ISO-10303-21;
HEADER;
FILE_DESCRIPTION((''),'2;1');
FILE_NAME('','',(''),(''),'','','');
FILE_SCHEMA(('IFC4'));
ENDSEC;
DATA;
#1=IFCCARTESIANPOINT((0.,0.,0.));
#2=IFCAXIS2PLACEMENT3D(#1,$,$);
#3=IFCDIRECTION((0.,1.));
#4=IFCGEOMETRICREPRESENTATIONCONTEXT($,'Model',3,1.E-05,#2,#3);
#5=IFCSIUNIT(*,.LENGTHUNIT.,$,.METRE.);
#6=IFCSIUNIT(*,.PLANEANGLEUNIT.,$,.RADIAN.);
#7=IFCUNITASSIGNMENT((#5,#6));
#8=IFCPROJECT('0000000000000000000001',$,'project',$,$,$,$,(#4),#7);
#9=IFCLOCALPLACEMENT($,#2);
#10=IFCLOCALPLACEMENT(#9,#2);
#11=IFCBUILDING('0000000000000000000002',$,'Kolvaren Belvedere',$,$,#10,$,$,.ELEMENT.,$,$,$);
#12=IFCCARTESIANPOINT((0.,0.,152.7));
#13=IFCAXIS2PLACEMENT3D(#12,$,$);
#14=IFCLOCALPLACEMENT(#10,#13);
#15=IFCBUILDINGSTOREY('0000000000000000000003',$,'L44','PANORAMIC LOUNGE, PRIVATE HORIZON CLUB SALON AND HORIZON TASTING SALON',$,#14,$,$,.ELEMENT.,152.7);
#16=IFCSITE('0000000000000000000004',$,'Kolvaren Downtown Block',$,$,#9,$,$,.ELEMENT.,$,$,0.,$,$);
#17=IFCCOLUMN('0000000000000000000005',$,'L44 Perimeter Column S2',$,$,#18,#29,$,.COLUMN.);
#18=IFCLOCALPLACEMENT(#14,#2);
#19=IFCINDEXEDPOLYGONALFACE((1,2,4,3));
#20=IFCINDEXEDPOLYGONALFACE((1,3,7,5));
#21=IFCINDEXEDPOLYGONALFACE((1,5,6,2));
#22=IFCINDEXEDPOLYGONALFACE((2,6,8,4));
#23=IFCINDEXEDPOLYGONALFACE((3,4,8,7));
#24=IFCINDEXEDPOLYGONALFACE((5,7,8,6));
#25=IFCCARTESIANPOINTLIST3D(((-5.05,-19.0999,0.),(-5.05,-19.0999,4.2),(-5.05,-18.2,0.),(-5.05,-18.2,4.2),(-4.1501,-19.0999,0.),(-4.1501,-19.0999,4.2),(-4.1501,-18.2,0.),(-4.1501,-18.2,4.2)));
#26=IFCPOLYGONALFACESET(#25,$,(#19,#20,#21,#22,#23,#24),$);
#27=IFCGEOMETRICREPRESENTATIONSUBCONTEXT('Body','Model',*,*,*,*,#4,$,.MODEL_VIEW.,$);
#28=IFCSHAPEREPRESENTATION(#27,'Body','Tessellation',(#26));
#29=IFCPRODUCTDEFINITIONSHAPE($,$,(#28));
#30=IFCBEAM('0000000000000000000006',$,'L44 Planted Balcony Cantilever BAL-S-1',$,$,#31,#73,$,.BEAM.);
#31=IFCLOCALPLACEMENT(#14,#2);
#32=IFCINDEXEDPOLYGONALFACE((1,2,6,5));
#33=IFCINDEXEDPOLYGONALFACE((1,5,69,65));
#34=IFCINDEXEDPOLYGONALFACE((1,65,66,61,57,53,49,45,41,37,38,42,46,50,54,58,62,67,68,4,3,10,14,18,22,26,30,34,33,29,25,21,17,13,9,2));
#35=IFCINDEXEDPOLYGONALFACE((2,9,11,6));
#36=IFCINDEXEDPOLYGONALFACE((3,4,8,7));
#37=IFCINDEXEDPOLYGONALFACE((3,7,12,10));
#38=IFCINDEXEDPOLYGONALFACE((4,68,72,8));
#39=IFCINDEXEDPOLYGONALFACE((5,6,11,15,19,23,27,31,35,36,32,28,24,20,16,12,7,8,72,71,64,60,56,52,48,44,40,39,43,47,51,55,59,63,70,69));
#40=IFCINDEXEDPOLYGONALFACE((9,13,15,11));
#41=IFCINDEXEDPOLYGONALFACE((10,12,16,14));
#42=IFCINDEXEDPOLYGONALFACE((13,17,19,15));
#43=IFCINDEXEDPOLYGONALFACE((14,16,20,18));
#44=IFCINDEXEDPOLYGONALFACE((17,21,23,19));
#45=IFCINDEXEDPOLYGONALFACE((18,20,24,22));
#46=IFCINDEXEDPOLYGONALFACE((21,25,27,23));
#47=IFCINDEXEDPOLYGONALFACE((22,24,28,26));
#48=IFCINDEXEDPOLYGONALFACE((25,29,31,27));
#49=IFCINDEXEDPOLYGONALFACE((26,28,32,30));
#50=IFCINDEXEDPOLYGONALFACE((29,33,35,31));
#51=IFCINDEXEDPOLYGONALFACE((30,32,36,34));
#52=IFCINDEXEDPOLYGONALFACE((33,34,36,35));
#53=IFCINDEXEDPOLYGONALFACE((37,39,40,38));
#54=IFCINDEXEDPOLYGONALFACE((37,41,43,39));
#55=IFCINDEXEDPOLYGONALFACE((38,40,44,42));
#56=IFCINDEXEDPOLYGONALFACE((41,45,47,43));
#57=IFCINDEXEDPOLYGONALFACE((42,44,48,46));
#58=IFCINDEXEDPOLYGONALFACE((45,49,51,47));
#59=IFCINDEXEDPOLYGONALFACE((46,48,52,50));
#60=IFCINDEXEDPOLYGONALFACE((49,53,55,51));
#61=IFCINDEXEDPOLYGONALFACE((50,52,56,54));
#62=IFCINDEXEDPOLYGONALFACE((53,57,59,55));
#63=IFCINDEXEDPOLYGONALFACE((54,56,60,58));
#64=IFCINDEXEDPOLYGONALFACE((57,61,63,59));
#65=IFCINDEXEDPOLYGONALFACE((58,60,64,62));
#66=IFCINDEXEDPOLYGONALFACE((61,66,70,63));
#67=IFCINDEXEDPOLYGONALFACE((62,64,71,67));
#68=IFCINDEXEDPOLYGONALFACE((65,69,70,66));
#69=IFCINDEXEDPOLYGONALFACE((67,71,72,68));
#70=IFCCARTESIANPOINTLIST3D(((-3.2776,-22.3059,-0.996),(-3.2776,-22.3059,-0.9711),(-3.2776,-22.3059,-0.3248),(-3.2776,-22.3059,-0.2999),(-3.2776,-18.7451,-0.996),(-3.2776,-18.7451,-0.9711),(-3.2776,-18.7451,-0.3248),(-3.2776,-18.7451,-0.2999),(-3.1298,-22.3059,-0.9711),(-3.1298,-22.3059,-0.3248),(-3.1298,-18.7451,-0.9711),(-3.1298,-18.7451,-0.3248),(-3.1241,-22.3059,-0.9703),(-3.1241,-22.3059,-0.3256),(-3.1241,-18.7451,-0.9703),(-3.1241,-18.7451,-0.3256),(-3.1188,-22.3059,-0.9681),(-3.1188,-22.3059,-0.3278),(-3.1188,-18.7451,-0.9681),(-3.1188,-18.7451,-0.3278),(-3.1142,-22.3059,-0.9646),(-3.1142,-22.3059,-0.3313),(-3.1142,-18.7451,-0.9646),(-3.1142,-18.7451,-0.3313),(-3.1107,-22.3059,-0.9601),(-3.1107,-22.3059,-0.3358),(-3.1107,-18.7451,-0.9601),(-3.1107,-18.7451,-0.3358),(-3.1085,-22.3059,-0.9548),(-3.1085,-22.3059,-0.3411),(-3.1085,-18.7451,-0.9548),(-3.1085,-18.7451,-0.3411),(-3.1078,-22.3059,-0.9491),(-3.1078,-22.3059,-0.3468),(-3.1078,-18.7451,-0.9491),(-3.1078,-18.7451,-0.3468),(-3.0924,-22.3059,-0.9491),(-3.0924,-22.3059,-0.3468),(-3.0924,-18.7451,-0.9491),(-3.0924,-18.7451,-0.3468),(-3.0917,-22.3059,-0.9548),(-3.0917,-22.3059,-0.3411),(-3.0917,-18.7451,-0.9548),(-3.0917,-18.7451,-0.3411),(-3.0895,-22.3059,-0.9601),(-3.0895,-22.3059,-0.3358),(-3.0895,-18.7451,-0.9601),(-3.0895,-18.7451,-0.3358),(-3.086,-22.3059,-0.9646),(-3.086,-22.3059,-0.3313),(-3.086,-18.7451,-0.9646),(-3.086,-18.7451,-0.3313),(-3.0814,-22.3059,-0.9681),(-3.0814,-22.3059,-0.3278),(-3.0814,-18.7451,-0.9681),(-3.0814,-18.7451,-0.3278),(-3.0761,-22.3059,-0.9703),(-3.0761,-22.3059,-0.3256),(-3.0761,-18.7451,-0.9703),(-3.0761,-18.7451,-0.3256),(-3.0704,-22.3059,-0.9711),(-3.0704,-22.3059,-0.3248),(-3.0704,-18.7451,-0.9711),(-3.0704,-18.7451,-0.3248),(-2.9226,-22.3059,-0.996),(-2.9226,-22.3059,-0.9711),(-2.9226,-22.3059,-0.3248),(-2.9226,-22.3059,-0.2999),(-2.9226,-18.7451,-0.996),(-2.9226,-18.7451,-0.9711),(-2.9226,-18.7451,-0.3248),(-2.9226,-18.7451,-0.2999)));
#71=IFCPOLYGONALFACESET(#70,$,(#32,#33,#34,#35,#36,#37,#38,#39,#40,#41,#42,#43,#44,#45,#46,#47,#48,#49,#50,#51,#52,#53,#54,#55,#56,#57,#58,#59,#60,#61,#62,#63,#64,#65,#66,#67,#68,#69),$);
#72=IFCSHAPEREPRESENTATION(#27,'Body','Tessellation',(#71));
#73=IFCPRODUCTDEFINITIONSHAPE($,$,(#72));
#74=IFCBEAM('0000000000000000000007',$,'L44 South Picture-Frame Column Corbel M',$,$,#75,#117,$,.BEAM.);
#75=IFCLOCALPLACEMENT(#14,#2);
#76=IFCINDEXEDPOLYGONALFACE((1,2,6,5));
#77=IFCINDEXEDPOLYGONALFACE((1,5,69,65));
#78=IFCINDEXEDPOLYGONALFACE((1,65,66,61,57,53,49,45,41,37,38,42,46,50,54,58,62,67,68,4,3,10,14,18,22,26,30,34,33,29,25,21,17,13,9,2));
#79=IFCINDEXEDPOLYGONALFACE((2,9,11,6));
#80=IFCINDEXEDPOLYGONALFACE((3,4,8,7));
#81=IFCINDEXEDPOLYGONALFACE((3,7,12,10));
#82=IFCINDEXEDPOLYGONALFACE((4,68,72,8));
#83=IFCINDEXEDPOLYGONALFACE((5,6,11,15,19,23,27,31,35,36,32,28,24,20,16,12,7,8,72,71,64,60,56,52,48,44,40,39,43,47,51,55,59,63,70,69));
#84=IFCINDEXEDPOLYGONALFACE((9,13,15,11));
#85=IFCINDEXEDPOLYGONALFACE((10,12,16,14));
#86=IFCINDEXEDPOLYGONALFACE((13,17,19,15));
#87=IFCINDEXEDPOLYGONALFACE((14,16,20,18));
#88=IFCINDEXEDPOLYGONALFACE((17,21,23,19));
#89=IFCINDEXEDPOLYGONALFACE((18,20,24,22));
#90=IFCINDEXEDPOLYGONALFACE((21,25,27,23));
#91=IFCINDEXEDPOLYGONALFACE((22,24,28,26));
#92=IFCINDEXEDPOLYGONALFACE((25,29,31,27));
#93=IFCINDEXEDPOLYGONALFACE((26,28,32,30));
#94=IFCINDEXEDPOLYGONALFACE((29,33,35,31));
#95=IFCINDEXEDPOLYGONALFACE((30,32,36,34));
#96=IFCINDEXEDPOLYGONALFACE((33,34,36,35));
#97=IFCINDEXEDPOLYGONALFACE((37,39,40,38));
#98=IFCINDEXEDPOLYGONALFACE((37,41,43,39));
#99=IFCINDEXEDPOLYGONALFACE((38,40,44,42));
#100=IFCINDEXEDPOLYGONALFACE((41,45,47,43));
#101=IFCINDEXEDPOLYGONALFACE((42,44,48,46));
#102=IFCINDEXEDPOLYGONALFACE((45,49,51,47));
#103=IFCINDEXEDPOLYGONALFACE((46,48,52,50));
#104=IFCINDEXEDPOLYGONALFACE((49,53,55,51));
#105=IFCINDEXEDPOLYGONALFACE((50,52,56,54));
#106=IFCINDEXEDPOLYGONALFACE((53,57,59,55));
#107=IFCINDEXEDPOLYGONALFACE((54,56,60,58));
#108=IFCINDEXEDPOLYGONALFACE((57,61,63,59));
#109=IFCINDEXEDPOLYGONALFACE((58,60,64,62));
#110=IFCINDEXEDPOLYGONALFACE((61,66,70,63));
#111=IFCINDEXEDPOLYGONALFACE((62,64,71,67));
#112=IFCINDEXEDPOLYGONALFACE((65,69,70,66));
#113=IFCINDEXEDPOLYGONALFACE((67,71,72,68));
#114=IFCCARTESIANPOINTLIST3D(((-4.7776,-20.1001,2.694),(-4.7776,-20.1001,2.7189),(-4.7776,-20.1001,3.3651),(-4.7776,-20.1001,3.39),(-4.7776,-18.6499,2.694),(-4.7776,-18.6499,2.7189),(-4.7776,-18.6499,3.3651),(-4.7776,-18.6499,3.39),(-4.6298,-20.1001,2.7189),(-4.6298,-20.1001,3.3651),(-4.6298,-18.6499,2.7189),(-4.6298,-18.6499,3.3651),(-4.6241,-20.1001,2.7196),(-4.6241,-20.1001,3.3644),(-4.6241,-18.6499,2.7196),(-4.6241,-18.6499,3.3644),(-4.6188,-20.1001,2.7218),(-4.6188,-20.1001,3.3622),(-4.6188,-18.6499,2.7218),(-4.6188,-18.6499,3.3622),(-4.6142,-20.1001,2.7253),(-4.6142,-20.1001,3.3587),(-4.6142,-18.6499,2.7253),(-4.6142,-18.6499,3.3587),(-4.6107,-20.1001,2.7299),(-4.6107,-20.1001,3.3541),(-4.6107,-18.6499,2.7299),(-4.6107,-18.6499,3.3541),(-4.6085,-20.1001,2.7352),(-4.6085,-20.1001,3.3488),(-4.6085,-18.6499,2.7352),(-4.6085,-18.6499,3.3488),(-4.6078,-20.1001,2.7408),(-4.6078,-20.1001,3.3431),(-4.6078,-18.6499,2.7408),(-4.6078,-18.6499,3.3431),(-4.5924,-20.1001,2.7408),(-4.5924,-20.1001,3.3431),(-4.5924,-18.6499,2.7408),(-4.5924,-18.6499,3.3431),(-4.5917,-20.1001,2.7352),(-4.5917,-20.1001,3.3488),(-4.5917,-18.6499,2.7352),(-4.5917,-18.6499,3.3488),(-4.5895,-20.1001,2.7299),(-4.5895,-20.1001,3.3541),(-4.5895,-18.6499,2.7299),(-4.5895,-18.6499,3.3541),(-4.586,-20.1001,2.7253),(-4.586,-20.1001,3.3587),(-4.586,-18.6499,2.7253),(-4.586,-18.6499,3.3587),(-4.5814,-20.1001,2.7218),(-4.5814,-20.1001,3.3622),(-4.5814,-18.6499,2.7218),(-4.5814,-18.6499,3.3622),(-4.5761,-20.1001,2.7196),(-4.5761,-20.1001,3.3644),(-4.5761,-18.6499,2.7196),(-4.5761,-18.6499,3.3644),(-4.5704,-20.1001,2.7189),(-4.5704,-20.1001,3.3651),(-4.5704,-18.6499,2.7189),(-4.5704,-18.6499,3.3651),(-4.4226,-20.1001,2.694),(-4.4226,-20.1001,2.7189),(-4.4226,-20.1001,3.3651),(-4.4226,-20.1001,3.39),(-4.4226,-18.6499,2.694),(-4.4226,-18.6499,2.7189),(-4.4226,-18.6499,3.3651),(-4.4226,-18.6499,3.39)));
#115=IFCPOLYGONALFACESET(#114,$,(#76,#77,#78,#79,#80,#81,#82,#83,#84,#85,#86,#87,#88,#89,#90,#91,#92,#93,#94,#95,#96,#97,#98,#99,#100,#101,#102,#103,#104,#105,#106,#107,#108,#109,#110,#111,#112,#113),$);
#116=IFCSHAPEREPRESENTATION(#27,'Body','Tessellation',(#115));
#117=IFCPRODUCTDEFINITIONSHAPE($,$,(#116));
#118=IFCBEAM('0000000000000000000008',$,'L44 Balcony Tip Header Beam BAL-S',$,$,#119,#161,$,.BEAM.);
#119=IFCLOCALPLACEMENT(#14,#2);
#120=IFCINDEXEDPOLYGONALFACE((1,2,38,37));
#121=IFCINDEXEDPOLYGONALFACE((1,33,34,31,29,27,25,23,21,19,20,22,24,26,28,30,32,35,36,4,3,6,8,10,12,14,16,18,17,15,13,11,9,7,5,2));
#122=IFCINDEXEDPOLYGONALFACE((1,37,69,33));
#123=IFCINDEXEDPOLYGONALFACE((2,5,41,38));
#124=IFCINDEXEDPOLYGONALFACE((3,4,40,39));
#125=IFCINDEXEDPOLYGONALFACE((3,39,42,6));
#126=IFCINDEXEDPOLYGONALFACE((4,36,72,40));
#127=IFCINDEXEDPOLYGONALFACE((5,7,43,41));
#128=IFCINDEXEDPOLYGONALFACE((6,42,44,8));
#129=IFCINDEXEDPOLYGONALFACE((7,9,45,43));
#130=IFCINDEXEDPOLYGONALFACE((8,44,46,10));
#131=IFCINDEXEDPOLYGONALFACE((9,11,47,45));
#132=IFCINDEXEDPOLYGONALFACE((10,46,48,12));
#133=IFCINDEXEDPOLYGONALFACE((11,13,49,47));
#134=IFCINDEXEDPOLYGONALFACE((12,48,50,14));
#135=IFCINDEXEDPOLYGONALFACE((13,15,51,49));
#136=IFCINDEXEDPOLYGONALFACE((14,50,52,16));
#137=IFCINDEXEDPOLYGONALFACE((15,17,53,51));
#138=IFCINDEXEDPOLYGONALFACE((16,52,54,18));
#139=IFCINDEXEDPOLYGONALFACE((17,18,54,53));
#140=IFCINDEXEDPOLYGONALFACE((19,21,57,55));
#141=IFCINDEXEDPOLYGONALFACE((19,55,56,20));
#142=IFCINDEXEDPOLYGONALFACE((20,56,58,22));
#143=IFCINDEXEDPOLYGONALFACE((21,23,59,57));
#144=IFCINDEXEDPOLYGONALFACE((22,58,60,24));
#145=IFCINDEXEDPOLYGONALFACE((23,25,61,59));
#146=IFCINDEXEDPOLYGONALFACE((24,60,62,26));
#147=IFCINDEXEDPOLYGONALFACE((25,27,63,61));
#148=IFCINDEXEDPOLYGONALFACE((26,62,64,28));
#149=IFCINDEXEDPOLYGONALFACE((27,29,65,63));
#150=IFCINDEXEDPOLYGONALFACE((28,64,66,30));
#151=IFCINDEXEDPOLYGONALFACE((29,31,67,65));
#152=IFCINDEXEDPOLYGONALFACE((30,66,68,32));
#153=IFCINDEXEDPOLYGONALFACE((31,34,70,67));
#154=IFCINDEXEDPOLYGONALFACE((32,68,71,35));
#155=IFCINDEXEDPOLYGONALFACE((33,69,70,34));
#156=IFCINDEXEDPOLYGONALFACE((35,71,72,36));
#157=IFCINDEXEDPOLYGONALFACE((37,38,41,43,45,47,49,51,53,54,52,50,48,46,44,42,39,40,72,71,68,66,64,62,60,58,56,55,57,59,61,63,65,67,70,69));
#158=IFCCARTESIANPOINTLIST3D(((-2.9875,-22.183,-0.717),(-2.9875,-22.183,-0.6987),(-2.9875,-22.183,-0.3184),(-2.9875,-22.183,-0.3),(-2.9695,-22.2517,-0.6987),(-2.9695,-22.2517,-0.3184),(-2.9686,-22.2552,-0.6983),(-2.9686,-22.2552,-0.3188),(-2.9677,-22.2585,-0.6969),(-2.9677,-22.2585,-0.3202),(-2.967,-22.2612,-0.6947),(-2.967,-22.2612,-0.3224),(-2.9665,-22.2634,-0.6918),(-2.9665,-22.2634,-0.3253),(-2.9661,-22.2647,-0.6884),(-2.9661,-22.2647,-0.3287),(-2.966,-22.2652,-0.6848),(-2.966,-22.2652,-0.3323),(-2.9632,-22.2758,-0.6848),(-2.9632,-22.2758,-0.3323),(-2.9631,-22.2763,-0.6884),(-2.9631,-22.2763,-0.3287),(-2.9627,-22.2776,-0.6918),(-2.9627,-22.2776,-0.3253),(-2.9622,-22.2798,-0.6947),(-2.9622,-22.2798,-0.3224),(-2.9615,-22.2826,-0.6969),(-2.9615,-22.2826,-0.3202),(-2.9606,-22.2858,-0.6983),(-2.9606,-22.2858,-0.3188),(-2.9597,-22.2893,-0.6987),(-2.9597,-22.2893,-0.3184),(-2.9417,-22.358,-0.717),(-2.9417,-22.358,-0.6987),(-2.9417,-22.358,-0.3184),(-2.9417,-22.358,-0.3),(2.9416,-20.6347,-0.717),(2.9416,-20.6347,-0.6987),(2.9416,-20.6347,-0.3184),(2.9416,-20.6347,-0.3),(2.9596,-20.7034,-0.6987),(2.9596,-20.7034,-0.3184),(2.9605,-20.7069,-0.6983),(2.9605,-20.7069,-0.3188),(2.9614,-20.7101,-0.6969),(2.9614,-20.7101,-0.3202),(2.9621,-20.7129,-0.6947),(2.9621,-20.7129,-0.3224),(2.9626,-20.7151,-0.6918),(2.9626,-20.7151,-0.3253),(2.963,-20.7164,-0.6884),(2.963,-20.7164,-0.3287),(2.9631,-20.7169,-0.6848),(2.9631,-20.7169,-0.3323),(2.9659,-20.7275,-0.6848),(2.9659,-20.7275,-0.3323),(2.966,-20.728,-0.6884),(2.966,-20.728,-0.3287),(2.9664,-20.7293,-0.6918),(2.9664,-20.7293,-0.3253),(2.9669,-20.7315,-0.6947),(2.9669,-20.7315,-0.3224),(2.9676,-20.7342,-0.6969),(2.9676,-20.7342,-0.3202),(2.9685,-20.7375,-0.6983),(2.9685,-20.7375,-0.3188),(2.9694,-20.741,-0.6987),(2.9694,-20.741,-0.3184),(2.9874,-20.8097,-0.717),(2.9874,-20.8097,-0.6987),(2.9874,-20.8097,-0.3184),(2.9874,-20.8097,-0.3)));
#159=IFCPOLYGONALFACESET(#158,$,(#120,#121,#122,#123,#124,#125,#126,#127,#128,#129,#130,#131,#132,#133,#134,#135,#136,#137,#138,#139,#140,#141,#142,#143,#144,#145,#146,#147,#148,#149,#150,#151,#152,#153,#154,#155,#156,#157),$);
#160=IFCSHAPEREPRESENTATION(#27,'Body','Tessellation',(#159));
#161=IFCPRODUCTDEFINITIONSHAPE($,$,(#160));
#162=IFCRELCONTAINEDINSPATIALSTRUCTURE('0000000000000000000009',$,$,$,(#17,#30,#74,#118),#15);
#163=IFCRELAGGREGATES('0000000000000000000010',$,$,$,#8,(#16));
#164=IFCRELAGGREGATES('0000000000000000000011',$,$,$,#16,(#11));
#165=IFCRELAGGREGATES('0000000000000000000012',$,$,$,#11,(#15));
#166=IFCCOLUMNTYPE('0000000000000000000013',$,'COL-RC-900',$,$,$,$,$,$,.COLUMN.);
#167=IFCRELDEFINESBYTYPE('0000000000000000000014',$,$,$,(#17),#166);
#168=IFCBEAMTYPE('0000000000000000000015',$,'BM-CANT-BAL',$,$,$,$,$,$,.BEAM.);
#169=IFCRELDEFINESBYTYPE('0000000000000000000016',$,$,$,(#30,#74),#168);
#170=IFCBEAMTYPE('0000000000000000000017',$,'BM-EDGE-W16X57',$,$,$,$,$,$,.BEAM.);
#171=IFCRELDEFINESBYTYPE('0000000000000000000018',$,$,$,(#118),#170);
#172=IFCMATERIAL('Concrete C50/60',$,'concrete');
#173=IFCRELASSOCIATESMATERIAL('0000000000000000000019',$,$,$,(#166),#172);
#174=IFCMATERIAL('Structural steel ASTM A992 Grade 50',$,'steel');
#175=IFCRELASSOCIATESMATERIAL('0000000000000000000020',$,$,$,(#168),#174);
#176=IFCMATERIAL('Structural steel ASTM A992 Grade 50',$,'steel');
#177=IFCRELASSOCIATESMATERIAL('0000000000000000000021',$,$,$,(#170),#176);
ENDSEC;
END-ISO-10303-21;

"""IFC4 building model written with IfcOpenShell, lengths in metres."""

from ifc_helpers import new_model, si_unit, direction, frame, origin, origin_2d, place, context, subcontext, project, spatial, rectangle, i_section, extrude, material, material_profile, profile_set, type_object, element, save


model = new_model("IFC4")

# Units and contexts
model_context = context("Model", 3, precision=1e-05, world=origin(), true_north=direction((0.0, 1.0)))
body_context = subcontext(model_context, "Body", "Model", "MODEL_VIEW")
ifc_project = project(units=[si_unit("LENGTHUNIT", "METRE"), si_unit("PLANEANGLEUNIT", "RADIAN")], contexts=[model_context])

# Site, building, storey
site_placement = place(None, origin())
site = spatial("IfcSite", under=ifc_project, at=site_placement, Name="Kolvaren Downtown Block", CompositionType="ELEMENT", RefElevation=0.0)
building_placement = place(site_placement, origin())
building = spatial("IfcBuilding", under=site, at=building_placement, Name="Kolvaren Belvedere", CompositionType="ELEMENT")
storey_placement = place(building_placement, frame((0.0, 0.0, 152.7)))
storey = spatial("IfcBuildingStorey", under=building, at=storey_placement, Name="L44", Description="PANORAMIC LOUNGE, PRIVATE HORIZON CLUB SALON AND HORIZON TASTING SALON", CompositionType="ELEMENT", Elevation=152.7)

# Column
ifc_material_1 = material(Name="Concrete C50/60", Category="concrete")
ifc_material_profile_1 = material_profile(ifc_material_1, rectangle(XDim=0.8999, YDim=0.8999, at=origin_2d()), Name="RC 900X900")
ifc_profile_set_1 = profile_set([ifc_material_profile_1], Name="Concrete C50/60")
column_type = type_object("IfcColumnType", Name="COL-RC-900", PredefinedType="COLUMN", material=ifc_profile_set_1)
column_placement = place(storey_placement, frame((-4.6001, -18.6499, 0.0), z_axis=(0.0, 0.0, 1.0), x_axis=(1.0, 0.0, 0.0)))
element("IfcColumn", 1, at=column_placement, inside=storey, type_object=column_type, Name="L44 Perimeter Column S2", PredefinedType="COLUMN", context=body_context, shape_type="SweptSolid", body=[
    extrude(rectangle(XDim=0.8999, YDim=0.8999, at=origin_2d()), origin(), (0.0, 0.0, 1.0), 4.2),
])

# Beams
ifc_material_2 = material(Name="Structural steel ASTM A992 Grade 50", Category="steel")
ifc_material_profile_2 = material_profile(ifc_material_2, i_section(OverallWidth=0.355, OverallDepth=0.696, WebThickness=0.0154, FlangeThickness=0.0249, FilletRadius=0.022, at=origin_2d()), Name="W27X146")
ifc_profile_set_2 = profile_set([ifc_material_profile_2], Name="Structural steel ASTM A992 Grade 50")
beam_type_1 = type_object("IfcBeamType", Name="BM-CANT-BAL", PredefinedType="BEAM", material=ifc_profile_set_2)
beam_1_placement = place(storey_placement, frame((-3.1001, -18.7451, -0.6479), z_axis=(0.0, -1.0, 0.0), x_axis=(1.0, 0.0, 0.0)))
element("IfcBeam", 2, at=beam_1_placement, inside=storey, type_object=beam_type_1, Name="L44 Planted Balcony Cantilever BAL-S-1", PredefinedType="BEAM", context=body_context, shape_type="SweptSolid", body=[
    extrude(i_section(OverallWidth=0.355, OverallDepth=0.696, WebThickness=0.0154, FlangeThickness=0.0249, FilletRadius=0.022, at=origin_2d()), origin(), (0.0, 0.0, 1.0), 3.5608),
])
beam_2_placement = place(storey_placement, frame((-4.6001, -18.6499, 3.042), z_axis=(0.0, -1.0, 0.0), x_axis=(1.0, 0.0, 0.0)))
element("IfcBeam", 3, at=beam_2_placement, inside=storey, type_object=beam_type_1, Name="L44 South Picture-Frame Column Corbel M", PredefinedType="BEAM", context=body_context, shape_type="SweptSolid", body=[
    extrude(i_section(OverallWidth=0.355, OverallDepth=0.696, WebThickness=0.0154, FlangeThickness=0.0249, FilletRadius=0.022, at=origin_2d()), origin(), (0.0, 0.0, 1.0), 1.4502),
])
ifc_material_3 = material(Name="Structural steel ASTM A992 Grade 50", Category="steel")
ifc_material_profile_3 = material_profile(ifc_material_3, i_section(OverallWidth=0.1809, OverallDepth=0.417, WebThickness=0.011, FlangeThickness=0.0183, FilletRadius=0.0139, at=origin_2d()), Name="W16X57")
ifc_profile_set_3 = profile_set([ifc_material_profile_3], Name="Structural steel ASTM A992 Grade 50")
beam_type_2 = type_object("IfcBeamType", Name="BM-EDGE-W16X57", PredefinedType="BEAM", material=ifc_profile_set_3)
beam_3_placement = place(storey_placement, frame((-2.9646, -22.2705, -0.5085), z_axis=(0.967554, 0.252665, 0.0), x_axis=(-0.252665, 0.967554, 0.0)))
element("IfcBeam", 4, at=beam_3_placement, inside=storey, type_object=beam_type_2, Name="L44 Balcony Tip Header Beam BAL-S", PredefinedType="BEAM", context=body_context, shape_type="SweptSolid", body=[
    extrude(i_section(OverallWidth=0.1809, OverallDepth=0.417, WebThickness=0.011, FlangeThickness=0.0183, FilletRadius=0.0139, at=origin_2d()), origin(), (0.0, 0.0, 1.0), 6.1279),
])

save(model, "model.ifc")
